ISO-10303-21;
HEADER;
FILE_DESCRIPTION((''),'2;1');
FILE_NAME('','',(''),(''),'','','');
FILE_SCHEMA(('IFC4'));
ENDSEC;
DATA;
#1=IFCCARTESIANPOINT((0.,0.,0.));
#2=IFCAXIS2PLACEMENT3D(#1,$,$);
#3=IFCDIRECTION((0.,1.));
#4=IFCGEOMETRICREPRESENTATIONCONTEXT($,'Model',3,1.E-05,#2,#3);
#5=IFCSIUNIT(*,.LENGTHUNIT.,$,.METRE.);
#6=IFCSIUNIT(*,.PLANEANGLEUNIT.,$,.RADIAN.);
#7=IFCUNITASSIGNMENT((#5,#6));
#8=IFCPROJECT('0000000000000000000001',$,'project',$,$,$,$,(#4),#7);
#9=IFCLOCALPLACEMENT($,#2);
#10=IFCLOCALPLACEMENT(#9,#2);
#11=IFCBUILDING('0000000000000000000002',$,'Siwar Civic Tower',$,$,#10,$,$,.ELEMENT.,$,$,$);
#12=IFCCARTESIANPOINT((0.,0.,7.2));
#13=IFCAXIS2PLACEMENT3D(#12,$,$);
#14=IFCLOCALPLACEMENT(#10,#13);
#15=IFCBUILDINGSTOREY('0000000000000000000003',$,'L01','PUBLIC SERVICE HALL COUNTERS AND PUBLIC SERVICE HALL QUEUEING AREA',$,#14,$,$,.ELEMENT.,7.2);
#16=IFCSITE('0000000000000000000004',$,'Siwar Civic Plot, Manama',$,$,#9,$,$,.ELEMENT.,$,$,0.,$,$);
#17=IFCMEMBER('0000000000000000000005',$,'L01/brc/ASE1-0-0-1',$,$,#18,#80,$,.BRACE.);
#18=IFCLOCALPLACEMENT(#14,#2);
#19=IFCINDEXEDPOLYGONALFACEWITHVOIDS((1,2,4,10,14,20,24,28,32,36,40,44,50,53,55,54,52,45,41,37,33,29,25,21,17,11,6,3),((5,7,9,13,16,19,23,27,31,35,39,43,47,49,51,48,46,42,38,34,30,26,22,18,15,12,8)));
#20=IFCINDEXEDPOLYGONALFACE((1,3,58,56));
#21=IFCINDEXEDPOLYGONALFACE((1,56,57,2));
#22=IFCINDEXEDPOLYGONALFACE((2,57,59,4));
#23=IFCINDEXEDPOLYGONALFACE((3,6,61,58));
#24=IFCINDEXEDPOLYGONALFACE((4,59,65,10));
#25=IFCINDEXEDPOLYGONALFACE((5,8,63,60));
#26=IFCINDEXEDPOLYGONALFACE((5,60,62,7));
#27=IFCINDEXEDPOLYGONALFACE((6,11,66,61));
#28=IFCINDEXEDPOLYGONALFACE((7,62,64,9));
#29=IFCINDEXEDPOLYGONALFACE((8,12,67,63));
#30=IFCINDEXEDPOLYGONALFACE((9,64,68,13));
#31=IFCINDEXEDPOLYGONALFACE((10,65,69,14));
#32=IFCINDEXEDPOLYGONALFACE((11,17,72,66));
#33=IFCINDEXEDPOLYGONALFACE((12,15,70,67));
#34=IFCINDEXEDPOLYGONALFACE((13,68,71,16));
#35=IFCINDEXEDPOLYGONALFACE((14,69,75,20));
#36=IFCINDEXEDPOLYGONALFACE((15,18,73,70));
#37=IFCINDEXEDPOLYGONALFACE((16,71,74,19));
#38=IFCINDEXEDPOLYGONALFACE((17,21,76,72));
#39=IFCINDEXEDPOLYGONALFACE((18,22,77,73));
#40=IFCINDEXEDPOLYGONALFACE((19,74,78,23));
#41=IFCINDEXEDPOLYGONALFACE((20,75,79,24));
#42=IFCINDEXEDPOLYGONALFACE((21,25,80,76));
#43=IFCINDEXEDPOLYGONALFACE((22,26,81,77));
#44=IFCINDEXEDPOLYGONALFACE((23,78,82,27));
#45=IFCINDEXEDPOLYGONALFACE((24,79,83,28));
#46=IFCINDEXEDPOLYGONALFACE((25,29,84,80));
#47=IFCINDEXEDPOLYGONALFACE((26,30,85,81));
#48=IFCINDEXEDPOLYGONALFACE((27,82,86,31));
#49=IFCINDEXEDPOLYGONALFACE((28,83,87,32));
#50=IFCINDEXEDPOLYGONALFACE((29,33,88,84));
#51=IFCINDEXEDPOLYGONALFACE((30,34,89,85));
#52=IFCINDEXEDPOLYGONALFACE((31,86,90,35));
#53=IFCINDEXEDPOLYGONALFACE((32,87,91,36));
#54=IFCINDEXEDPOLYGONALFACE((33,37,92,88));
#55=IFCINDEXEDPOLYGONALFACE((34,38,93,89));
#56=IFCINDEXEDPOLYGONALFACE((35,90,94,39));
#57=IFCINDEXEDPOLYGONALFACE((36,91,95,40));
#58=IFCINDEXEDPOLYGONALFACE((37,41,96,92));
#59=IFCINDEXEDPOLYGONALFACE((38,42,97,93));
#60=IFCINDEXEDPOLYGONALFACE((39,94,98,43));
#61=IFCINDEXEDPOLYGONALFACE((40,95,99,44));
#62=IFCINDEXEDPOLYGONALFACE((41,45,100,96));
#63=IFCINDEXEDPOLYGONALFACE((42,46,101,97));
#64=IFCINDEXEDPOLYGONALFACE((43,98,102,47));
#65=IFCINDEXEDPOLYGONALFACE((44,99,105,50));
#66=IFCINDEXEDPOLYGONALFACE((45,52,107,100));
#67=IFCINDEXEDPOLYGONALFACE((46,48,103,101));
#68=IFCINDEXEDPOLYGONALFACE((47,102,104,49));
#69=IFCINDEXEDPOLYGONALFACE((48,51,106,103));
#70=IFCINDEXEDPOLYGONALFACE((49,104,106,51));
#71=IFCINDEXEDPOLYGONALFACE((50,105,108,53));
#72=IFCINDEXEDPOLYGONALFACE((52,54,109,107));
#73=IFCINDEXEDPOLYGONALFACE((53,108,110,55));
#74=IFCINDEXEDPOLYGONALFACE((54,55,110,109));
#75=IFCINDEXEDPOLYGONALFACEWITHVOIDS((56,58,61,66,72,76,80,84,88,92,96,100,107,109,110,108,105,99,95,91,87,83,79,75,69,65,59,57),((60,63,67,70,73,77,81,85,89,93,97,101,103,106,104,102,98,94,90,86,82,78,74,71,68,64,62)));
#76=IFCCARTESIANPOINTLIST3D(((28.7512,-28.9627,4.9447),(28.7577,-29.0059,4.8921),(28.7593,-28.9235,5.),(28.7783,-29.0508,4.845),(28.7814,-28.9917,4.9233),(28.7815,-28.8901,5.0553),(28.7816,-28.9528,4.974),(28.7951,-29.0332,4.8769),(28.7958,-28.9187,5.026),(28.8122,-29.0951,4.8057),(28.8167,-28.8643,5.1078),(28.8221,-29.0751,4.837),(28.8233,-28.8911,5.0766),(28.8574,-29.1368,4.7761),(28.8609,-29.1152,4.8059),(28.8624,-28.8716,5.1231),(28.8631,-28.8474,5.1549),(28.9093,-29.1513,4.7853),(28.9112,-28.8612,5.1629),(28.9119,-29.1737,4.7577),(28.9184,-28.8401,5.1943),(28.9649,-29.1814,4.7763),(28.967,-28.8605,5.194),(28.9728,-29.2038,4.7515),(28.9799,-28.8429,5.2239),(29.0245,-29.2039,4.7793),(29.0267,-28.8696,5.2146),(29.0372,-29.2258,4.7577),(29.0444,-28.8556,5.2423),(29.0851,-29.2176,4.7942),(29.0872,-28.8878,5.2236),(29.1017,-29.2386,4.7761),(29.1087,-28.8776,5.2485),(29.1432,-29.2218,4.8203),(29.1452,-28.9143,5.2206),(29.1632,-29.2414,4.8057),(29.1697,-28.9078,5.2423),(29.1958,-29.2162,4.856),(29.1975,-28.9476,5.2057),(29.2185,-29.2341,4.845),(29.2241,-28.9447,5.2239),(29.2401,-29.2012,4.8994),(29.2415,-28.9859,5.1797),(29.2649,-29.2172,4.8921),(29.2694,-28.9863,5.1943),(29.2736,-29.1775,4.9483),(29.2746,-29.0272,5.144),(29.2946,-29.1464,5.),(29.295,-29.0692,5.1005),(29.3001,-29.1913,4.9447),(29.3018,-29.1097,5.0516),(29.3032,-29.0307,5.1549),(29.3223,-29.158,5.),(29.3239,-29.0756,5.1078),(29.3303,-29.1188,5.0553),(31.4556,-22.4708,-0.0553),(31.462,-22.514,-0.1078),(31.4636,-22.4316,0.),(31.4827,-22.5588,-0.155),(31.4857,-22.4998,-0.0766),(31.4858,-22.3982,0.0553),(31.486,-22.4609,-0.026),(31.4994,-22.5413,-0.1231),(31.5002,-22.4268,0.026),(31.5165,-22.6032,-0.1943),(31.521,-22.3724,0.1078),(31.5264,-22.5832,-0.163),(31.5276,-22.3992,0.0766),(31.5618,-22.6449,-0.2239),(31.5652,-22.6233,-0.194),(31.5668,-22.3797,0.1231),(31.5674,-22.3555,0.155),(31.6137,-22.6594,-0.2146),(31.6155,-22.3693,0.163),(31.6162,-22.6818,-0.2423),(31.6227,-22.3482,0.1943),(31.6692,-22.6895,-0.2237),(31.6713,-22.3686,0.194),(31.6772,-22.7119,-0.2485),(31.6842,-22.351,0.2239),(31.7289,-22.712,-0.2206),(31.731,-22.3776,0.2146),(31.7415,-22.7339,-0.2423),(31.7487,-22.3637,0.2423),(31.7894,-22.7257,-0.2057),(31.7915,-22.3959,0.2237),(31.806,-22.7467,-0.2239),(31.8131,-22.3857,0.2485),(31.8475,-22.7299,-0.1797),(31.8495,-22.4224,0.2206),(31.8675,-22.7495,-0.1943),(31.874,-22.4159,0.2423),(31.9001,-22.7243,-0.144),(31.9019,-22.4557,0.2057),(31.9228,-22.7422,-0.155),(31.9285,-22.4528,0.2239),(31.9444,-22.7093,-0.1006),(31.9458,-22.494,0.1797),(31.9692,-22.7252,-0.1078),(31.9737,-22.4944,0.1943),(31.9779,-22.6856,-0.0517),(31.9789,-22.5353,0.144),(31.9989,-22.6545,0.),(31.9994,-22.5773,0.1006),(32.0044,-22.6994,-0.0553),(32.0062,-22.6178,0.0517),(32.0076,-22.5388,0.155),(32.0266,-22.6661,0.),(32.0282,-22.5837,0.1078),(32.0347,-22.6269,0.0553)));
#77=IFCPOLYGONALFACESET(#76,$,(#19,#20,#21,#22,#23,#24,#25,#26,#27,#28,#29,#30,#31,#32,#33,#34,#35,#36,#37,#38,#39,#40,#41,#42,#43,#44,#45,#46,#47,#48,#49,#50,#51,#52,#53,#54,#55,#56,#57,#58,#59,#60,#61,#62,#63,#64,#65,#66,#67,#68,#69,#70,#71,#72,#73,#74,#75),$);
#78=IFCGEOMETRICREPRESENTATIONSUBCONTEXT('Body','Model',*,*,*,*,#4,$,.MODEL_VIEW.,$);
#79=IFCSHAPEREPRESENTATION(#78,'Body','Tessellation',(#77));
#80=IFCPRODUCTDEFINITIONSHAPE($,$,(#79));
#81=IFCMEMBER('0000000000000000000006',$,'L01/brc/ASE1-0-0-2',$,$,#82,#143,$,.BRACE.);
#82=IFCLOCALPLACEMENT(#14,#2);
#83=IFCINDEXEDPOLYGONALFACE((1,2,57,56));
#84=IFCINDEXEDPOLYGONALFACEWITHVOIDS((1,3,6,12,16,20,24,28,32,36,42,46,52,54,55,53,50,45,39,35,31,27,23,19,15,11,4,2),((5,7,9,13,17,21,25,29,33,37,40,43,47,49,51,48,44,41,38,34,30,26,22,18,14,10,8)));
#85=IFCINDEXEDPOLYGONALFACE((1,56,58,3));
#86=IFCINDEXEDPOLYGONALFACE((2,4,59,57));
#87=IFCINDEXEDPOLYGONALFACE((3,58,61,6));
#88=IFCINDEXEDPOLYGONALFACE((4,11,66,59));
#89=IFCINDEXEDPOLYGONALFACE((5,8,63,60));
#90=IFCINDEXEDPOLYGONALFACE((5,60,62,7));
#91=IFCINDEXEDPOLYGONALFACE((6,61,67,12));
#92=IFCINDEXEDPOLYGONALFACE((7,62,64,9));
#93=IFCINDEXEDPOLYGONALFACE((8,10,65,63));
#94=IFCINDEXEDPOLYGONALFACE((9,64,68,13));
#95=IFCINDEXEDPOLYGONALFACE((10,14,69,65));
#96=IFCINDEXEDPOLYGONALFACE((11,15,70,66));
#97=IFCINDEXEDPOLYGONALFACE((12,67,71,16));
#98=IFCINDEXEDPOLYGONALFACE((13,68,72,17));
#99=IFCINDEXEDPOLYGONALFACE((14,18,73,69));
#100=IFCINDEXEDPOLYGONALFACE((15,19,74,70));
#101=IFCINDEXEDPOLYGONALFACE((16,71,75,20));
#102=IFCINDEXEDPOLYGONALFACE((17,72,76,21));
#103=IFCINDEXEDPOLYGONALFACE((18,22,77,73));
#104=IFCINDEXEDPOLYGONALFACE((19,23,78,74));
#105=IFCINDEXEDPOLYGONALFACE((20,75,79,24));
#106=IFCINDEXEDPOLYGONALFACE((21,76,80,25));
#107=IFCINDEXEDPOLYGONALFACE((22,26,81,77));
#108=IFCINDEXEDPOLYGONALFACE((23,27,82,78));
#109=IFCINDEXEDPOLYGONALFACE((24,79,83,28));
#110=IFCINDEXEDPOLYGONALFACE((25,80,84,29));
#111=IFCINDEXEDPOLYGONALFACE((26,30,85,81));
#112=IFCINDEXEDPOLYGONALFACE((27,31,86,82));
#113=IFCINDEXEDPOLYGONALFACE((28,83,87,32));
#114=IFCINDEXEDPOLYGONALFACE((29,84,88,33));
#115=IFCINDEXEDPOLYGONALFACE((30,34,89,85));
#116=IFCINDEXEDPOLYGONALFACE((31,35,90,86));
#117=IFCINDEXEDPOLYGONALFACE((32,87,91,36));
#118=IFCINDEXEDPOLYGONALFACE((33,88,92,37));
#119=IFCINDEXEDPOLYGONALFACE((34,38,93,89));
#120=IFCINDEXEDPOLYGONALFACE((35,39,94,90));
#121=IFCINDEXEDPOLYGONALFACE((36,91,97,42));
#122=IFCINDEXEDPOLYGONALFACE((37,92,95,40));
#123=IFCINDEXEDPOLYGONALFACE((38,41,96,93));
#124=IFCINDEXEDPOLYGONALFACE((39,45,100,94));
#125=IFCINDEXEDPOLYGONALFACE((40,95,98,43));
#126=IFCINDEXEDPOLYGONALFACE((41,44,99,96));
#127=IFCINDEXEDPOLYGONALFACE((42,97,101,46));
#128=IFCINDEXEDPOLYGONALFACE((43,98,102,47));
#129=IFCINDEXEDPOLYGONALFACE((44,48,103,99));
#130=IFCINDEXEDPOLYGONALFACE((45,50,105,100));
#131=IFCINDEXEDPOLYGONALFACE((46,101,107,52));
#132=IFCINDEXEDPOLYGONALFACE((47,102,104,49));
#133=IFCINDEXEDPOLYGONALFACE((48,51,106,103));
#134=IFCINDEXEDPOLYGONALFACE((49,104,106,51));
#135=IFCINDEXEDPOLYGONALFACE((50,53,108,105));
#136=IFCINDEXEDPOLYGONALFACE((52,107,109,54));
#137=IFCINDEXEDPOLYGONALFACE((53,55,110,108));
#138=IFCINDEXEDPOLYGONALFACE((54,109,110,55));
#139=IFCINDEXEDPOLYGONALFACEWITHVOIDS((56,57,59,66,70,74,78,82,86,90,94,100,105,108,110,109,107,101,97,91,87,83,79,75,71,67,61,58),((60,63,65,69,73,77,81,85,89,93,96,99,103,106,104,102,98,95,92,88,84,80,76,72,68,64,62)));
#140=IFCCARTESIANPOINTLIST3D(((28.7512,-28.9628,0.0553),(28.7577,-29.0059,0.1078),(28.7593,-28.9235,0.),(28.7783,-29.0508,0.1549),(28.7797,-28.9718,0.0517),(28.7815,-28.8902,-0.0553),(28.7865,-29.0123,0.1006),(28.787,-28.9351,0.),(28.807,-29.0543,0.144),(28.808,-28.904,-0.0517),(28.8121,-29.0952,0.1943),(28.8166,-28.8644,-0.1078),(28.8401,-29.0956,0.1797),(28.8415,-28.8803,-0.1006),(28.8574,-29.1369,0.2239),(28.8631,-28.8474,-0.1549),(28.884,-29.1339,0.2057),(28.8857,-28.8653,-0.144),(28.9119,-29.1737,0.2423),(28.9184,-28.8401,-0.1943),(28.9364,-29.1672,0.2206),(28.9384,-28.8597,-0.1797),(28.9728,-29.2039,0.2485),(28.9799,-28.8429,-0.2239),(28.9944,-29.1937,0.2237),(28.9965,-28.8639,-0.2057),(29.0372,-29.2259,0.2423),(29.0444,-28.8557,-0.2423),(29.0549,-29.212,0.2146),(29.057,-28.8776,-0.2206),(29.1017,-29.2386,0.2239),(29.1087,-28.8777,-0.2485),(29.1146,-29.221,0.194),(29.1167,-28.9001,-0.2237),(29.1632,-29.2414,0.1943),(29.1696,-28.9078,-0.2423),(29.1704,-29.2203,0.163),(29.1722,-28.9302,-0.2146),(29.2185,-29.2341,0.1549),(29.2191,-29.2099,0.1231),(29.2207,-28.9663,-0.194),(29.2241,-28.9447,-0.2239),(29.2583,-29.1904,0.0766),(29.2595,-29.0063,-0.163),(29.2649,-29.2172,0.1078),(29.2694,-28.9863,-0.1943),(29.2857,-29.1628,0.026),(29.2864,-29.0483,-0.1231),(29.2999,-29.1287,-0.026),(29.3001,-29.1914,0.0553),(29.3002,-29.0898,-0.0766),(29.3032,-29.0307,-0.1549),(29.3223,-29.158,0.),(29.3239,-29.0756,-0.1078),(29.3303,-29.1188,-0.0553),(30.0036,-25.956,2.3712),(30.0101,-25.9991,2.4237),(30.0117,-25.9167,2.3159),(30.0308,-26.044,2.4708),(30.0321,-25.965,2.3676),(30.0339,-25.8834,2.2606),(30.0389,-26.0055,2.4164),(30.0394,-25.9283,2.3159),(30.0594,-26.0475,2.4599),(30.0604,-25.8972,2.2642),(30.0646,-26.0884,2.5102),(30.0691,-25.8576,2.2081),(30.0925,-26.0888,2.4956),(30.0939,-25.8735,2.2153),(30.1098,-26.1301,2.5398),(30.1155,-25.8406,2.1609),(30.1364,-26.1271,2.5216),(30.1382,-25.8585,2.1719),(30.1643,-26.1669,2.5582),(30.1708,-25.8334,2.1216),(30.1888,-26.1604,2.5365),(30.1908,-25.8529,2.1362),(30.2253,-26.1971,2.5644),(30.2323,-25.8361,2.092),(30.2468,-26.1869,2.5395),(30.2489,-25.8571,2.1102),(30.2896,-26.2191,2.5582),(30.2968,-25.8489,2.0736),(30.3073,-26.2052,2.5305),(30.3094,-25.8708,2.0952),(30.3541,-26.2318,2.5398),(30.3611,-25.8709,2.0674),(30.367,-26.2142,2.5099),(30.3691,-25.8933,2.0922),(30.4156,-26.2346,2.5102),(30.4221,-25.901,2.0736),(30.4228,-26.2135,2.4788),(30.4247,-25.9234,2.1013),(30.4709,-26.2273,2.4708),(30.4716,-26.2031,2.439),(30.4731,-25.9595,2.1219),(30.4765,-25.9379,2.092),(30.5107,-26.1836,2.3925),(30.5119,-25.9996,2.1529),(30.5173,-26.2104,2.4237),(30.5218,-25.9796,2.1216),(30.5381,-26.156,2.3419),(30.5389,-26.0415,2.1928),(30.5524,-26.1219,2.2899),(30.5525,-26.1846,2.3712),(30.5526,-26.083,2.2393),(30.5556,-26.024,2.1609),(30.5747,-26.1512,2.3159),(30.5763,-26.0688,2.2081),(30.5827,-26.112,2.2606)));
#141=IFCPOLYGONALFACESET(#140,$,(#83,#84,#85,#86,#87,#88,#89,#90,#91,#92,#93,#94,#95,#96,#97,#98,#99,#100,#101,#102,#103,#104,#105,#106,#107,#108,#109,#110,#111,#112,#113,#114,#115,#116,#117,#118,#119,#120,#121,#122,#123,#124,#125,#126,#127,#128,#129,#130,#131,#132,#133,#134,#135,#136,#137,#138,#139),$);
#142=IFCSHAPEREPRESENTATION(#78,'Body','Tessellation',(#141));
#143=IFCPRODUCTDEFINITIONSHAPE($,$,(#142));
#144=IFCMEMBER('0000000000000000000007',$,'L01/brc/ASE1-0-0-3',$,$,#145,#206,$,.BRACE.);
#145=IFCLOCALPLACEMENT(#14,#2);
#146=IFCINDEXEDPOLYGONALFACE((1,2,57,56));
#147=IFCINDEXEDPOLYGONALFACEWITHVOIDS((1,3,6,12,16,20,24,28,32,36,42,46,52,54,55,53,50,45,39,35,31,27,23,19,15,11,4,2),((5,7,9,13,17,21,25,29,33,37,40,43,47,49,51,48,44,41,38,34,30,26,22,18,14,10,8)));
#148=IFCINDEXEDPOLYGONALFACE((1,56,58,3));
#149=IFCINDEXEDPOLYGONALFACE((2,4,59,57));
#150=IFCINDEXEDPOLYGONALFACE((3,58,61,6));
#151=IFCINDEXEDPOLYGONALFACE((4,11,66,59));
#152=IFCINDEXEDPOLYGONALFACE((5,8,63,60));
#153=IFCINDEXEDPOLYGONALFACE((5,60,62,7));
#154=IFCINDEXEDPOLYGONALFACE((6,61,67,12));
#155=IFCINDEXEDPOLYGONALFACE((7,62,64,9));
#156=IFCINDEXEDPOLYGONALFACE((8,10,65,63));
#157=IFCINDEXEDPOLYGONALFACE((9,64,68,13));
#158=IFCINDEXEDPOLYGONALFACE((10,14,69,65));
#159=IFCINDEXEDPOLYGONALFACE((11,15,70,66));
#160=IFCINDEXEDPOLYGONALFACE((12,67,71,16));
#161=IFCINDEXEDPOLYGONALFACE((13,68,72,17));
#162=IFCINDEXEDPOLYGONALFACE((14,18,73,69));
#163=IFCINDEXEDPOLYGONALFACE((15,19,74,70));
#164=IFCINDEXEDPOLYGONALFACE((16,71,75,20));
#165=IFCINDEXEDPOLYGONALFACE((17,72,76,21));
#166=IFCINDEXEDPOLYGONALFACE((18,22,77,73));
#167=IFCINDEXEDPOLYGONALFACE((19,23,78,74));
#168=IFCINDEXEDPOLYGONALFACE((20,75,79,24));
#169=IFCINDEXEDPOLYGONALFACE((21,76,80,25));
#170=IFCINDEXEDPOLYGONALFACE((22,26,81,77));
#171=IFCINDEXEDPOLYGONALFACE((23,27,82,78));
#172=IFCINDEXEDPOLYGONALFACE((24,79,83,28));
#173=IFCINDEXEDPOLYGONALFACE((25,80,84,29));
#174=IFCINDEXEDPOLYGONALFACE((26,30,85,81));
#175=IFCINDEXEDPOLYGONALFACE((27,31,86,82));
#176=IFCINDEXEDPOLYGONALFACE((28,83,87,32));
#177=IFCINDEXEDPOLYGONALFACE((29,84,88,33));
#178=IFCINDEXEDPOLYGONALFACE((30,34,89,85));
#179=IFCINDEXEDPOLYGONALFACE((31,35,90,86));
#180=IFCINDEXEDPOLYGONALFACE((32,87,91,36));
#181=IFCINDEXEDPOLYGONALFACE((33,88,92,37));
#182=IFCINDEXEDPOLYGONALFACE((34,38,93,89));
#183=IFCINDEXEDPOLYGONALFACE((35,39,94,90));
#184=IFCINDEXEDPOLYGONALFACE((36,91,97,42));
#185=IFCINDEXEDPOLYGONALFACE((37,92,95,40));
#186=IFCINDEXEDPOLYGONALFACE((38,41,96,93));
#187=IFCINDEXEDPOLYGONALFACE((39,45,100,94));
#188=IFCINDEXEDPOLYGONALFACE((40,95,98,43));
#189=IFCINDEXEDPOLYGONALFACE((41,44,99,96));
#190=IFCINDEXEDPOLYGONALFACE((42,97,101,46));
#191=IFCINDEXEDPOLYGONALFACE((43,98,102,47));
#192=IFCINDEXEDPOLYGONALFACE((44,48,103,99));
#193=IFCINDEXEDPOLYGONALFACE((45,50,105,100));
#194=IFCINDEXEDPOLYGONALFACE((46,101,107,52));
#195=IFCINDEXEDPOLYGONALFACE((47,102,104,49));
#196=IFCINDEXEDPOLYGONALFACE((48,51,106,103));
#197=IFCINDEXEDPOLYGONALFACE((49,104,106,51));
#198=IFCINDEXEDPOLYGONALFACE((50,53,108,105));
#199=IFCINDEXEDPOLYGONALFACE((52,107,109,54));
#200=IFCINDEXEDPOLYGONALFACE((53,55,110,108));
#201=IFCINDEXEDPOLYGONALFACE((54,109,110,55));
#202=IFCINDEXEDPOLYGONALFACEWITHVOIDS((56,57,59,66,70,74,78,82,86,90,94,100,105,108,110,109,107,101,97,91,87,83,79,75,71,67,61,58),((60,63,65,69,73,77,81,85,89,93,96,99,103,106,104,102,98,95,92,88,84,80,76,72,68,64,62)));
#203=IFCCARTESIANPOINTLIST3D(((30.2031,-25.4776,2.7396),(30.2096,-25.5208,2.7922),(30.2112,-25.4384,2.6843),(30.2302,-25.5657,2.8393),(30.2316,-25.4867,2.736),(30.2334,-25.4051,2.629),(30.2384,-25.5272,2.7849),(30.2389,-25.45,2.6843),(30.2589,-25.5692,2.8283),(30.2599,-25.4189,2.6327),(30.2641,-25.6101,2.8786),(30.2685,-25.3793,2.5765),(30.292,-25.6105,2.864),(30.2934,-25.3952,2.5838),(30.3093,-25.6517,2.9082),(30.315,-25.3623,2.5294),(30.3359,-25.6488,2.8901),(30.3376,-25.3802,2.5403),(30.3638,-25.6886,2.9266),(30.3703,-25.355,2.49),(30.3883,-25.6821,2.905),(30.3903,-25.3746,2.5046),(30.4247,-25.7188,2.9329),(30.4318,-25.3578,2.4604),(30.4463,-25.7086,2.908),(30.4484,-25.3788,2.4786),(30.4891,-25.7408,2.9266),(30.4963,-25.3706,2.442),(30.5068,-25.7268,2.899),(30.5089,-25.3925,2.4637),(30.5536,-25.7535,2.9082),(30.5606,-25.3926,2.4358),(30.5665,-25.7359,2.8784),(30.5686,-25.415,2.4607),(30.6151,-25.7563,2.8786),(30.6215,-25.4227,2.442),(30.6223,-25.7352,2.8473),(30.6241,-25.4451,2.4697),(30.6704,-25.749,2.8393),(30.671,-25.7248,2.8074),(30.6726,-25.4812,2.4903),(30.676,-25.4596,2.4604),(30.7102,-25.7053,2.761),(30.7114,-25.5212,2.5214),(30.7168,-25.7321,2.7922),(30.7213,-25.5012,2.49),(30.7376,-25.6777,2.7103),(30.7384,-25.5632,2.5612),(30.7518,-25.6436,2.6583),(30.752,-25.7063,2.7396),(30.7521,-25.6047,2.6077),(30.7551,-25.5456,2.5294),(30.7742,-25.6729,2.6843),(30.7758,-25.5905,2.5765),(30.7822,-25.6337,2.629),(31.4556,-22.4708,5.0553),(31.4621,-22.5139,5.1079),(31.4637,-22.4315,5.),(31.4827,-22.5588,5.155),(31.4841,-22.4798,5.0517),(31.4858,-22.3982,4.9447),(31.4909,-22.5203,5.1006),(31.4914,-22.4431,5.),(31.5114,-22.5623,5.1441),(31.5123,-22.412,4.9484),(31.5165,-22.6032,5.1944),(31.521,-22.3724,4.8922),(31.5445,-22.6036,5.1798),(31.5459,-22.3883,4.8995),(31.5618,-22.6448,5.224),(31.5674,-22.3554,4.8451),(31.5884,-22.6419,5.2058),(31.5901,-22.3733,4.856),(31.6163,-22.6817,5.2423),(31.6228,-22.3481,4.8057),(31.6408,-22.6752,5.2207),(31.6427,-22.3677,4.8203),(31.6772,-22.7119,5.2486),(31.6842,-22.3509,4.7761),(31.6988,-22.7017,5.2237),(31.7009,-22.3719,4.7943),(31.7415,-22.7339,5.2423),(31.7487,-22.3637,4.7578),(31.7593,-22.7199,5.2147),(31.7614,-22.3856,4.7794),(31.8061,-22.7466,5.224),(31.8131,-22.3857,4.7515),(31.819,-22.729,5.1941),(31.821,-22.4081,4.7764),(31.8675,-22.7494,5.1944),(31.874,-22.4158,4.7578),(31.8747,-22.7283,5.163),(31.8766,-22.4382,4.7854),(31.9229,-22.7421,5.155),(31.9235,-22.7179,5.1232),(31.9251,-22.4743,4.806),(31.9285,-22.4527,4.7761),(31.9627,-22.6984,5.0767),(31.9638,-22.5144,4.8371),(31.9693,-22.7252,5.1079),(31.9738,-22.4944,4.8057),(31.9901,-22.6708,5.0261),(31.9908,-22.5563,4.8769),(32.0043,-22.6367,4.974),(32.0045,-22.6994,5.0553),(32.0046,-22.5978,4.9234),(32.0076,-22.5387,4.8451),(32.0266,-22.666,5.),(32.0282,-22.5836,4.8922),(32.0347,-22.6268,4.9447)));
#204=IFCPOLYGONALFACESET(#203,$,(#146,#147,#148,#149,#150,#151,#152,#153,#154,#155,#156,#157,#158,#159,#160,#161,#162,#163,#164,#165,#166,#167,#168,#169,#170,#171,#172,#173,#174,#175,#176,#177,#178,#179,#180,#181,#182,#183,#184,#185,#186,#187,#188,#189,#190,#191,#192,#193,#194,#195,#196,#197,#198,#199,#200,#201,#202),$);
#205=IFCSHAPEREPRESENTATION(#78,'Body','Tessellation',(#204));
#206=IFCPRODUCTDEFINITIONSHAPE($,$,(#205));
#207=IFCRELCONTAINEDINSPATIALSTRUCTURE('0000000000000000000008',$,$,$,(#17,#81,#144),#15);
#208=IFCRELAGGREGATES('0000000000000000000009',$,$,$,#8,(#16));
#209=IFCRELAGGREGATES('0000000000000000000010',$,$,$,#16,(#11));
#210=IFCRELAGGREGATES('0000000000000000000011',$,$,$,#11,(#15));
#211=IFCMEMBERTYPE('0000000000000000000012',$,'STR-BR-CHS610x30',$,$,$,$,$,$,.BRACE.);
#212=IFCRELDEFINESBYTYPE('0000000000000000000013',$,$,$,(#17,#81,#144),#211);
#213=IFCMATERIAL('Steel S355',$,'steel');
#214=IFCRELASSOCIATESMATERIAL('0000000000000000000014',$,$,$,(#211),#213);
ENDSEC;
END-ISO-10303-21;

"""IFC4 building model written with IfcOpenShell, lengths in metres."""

from ifc_helpers import new_model, si_unit, direction, frame, origin, origin_2d, place, context, subcontext, project, spatial, hollow_circle, extrude, material, material_profile, profile_set, type_object, element, save


model = new_model("IFC4")

# Units and contexts
model_context = context("Model", 3, precision=1e-05, world=origin(), true_north=direction((0.0, 1.0)))
body_context = subcontext(model_context, "Body", "Model", "MODEL_VIEW")
ifc_project = project(units=[si_unit("LENGTHUNIT", "METRE"), si_unit("PLANEANGLEUNIT", "RADIAN")], contexts=[model_context])

# Site, building, storey
site_placement = place(None, origin())
site = spatial("IfcSite", under=ifc_project, at=site_placement, Name="Siwar Civic Plot, Manama", CompositionType="ELEMENT", RefElevation=0.0)
building_placement = place(site_placement, origin())
building = spatial("IfcBuilding", under=site, at=building_placement, Name="Siwar Civic Tower", CompositionType="ELEMENT")
storey_placement = place(building_placement, frame((0.0, 0.0, 7.2)))
storey = spatial("IfcBuildingStorey", under=building, at=storey_placement, Name="L01", Description="PUBLIC SERVICE HALL COUNTERS AND PUBLIC SERVICE HALL QUEUEING AREA", CompositionType="ELEMENT", Elevation=7.2)

# Members
ifc_material_1 = material(Name="Steel S355", Category="steel")
ifc_material_profile_1 = material_profile(ifc_material_1, hollow_circle(Radius=0.3049, WallThickness=0.03, at=origin_2d()), Name="CHS610x30")
ifc_profile_set_1 = profile_set([ifc_material_profile_1], Name="Steel S355")
member_type_1 = type_object("IfcMemberType", Name="STR-BR-CHS610x30", PredefinedType="BRACE", material=ifc_profile_set_1)
member_1_placement = place(storey_placement, frame((31.7451, -22.5488, 0.0), z_axis=(-0.313404, -0.752344, 0.579445), x_axis=(0.923109, -0.384539, 0.0)))
element("IfcMember", 1, at=member_1_placement, inside=storey, type_object=member_type_1, Name="L01/brc/ASE1-0-0-1", PredefinedType="BRACE", context=body_context, shape_type="SweptSolid", body=[
    extrude(hollow_circle(Radius=0.3049, WallThickness=0.03, at=origin_2d()), origin(), (0.0, 0.0, 1.0), 8.6289),
])
for number, where, z_axis, x_axis, name in (
    (2, (29.0408, -29.0408, 0.0), (0.313373, 0.752341, 0.579466), (-0.923121, 0.384509, 0.0), "L01/brc/ASE1-0-0-2"),
    (3, (30.4927, -25.5557, 2.6843), (0.313385, 0.752367, 0.579425), (-0.923121, 0.384509, 0.0), "L01/brc/ASE1-0-0-3"),
):
    element("IfcMember", number, at=place(storey_placement, frame(where, z_axis=z_axis, x_axis=x_axis)), inside=storey, type_object=member_type_1, Name=name, PredefinedType="BRACE", context=body_context, shape_type="SweptSolid", body=[
        extrude(hollow_circle(Radius=0.3049, WallThickness=0.03, at=origin_2d()), origin(), (0.0, 0.0, 1.0), 3.9966),
    ])

save(model, "model.ifc")
